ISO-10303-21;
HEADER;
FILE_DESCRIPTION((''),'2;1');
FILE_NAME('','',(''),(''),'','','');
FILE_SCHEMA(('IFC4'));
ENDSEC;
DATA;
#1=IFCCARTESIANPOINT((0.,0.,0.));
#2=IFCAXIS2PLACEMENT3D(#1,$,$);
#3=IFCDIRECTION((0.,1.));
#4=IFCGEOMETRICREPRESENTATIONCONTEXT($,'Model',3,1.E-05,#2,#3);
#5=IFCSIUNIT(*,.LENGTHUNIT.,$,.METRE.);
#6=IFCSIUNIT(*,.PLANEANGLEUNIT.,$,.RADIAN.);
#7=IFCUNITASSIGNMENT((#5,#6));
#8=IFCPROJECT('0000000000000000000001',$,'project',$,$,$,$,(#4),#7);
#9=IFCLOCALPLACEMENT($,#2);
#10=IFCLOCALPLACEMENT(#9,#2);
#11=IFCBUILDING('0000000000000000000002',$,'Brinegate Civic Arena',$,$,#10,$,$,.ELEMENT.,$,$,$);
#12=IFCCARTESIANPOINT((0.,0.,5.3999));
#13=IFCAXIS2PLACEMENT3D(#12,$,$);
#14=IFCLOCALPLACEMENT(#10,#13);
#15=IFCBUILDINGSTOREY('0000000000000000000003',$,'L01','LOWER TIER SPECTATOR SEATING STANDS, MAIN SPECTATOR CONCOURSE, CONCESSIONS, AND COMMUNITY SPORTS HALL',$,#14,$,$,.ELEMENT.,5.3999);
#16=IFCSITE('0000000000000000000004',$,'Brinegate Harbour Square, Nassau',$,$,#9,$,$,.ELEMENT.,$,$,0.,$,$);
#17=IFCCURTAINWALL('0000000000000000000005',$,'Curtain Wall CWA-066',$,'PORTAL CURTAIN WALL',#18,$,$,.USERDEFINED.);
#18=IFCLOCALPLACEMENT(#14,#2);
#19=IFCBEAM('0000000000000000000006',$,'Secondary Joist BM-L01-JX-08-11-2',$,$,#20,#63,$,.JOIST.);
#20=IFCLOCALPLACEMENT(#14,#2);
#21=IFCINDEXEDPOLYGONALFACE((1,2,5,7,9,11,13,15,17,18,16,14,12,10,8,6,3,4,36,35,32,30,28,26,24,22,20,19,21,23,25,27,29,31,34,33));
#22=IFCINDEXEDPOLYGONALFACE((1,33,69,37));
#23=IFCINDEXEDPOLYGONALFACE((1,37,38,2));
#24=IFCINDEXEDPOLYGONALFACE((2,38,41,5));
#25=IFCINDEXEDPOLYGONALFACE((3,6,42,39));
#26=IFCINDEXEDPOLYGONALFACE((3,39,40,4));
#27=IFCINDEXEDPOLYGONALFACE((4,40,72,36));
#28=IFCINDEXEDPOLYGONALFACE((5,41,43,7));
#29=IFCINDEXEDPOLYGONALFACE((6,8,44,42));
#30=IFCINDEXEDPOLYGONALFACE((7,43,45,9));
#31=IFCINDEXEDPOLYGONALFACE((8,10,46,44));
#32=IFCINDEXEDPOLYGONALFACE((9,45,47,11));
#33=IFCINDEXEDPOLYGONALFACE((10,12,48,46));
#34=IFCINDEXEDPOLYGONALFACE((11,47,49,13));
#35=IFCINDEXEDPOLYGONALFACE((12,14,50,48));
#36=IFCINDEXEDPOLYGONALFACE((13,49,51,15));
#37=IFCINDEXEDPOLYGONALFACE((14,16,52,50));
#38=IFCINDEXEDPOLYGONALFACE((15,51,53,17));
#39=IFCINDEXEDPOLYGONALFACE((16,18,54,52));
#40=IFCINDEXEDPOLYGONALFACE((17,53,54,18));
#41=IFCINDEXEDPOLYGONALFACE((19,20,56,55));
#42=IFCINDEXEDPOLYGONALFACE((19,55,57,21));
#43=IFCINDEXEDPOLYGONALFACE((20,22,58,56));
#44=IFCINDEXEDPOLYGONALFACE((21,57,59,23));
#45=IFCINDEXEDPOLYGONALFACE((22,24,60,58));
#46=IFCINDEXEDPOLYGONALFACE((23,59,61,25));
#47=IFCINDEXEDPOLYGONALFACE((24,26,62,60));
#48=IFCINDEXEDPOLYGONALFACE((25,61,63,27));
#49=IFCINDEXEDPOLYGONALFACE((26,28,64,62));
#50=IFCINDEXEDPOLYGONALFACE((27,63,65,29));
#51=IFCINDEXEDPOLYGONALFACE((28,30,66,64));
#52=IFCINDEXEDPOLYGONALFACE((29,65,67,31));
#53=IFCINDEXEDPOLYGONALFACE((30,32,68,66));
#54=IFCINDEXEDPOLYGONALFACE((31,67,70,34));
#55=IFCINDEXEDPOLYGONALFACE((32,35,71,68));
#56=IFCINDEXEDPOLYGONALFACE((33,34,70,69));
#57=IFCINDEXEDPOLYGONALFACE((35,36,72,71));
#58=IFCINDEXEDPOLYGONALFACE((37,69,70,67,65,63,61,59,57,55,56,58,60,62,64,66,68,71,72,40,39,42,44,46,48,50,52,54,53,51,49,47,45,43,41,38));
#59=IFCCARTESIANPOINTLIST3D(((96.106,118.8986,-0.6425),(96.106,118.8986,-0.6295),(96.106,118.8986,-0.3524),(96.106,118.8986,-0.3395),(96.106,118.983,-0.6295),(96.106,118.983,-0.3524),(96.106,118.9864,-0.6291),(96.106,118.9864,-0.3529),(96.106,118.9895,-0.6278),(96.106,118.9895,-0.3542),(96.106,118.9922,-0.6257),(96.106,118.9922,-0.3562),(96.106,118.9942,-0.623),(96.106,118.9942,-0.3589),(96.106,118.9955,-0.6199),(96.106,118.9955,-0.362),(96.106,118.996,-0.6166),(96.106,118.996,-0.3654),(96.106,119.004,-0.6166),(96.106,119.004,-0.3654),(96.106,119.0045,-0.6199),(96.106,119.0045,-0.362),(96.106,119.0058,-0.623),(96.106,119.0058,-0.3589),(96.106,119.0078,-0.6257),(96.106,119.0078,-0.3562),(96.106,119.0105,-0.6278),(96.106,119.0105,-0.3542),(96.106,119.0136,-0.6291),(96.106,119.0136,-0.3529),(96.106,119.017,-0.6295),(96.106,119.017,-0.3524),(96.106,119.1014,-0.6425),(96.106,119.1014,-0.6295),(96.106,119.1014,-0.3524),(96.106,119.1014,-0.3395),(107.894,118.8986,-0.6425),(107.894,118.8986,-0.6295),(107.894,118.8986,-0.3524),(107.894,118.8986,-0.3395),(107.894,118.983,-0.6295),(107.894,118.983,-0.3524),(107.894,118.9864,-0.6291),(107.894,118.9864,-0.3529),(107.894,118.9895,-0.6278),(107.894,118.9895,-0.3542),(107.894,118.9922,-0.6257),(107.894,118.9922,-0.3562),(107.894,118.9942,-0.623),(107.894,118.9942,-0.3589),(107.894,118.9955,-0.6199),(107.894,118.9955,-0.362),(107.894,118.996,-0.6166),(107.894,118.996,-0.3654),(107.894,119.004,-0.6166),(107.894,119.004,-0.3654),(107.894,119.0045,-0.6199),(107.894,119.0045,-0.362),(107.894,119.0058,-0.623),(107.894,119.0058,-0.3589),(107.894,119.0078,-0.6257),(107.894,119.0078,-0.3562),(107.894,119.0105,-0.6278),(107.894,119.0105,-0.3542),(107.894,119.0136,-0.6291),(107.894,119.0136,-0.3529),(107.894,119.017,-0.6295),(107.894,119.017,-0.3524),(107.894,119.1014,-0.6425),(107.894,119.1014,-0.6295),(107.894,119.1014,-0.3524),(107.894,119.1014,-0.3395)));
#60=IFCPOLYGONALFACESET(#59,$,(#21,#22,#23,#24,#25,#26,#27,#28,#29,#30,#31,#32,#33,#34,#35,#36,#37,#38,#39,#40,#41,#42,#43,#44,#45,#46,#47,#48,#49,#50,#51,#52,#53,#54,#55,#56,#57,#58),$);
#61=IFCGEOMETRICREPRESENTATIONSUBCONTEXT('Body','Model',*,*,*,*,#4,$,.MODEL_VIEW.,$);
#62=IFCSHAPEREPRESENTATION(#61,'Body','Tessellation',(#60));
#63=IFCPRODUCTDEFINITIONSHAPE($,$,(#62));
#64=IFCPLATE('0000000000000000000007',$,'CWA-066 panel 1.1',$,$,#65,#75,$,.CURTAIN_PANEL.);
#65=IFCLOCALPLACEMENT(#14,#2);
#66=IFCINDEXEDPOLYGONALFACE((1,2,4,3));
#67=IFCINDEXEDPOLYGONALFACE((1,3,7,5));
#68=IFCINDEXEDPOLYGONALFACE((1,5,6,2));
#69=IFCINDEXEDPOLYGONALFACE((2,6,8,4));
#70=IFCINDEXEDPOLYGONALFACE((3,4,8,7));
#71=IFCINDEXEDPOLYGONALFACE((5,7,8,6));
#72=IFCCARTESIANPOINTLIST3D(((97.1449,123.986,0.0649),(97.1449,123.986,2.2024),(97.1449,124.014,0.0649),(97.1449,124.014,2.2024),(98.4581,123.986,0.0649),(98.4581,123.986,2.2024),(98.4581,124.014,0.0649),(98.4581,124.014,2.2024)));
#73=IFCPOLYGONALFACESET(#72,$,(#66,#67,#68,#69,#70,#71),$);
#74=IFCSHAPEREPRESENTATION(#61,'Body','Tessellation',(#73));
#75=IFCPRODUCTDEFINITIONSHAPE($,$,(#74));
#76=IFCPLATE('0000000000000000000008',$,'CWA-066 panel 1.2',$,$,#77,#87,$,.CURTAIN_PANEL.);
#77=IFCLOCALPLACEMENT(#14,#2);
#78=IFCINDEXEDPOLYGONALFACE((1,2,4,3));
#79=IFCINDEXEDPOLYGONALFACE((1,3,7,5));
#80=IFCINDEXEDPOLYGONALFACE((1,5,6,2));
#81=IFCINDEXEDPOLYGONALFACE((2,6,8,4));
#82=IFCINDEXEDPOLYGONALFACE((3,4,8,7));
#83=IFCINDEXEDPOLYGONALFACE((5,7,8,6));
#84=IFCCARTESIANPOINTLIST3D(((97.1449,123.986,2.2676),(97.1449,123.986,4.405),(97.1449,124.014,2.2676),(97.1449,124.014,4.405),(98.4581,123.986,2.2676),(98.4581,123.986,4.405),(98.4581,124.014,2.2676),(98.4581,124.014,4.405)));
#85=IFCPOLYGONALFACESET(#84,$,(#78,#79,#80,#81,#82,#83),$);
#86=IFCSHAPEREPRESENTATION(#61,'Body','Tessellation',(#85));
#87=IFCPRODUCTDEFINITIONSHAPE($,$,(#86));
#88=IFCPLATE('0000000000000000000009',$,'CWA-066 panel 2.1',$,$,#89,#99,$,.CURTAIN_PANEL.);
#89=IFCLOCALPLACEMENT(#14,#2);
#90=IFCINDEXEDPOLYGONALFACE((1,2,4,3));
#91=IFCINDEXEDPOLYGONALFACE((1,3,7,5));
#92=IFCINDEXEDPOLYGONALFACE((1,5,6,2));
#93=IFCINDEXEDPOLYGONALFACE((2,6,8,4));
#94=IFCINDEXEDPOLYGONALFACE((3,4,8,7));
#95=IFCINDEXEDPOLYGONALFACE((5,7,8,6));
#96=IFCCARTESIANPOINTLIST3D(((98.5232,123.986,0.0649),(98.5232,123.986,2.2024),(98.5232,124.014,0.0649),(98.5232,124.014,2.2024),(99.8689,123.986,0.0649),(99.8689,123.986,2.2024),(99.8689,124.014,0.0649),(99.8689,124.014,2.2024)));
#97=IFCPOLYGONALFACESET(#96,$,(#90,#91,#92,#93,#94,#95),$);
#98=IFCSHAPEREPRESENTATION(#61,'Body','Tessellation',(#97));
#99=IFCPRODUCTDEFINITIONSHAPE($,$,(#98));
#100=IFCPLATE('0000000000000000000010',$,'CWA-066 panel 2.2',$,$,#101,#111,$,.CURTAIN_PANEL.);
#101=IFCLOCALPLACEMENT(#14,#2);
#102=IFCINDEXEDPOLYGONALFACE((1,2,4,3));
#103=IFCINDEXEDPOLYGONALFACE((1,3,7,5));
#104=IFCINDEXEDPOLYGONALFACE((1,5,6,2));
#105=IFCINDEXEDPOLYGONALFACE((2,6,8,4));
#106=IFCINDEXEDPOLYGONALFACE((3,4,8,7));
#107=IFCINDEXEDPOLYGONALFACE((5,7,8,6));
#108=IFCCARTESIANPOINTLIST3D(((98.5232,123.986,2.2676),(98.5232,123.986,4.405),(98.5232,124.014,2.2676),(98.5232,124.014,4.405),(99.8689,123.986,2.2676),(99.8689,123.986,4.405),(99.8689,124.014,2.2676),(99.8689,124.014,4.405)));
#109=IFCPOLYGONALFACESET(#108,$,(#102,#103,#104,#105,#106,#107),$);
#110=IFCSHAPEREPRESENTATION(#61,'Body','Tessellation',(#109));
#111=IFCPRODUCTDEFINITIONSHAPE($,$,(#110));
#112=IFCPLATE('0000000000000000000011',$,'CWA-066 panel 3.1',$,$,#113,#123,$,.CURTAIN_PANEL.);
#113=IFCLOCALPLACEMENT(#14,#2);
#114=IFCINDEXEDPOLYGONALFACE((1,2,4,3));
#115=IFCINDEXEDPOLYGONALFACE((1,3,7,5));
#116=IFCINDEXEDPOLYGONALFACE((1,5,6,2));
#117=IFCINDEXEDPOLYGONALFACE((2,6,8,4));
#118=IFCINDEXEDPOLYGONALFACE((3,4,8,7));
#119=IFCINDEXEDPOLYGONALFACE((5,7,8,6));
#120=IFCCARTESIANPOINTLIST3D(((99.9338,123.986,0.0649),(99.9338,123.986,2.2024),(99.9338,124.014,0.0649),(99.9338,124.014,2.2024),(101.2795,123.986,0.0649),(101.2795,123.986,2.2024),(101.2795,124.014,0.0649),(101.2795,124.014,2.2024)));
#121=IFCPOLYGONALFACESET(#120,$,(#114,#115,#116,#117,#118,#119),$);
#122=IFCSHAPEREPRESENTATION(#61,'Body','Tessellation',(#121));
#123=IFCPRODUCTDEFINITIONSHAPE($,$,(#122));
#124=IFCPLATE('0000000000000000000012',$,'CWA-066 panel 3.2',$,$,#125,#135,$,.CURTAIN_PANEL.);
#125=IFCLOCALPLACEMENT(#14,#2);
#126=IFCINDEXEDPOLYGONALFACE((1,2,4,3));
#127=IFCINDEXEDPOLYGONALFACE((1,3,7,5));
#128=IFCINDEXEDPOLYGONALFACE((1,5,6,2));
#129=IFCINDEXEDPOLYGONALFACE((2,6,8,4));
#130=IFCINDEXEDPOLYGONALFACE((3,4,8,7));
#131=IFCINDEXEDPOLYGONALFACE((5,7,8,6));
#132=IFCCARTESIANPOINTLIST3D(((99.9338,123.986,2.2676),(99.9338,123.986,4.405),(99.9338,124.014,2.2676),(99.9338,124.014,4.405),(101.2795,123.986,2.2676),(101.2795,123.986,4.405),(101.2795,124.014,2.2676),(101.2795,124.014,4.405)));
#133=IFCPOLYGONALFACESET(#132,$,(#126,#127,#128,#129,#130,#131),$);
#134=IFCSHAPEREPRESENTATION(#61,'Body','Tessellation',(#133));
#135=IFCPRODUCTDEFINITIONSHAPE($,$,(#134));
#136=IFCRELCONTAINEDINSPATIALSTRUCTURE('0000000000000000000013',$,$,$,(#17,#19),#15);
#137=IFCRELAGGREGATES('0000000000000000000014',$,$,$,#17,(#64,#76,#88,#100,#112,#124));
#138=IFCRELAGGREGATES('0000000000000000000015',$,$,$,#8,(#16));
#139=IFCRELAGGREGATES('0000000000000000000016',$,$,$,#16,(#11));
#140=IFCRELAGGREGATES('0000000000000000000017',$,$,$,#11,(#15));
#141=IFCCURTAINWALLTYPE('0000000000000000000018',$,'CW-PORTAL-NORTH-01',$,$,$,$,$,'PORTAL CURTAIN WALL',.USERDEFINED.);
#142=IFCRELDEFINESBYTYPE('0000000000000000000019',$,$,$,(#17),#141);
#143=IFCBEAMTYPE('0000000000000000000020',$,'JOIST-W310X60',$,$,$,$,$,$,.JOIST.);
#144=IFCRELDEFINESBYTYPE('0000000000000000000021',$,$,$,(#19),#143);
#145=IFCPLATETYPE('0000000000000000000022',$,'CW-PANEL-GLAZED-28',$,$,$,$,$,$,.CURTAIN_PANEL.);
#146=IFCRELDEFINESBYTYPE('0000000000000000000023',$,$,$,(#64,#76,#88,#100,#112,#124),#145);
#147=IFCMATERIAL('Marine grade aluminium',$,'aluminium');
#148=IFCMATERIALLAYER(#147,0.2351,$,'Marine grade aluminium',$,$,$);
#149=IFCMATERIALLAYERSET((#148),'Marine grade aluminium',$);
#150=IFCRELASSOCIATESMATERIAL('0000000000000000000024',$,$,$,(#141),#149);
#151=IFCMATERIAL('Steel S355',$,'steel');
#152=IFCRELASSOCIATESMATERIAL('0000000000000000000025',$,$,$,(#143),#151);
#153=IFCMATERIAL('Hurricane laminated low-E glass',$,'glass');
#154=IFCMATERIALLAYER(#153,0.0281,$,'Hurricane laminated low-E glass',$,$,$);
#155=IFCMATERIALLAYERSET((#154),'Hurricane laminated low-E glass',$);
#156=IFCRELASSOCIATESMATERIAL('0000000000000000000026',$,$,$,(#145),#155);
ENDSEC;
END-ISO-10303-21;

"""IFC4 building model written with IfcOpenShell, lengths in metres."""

from ifc_helpers import new_model, si_unit, direction, frame, origin, origin_2d, place, context, subcontext, project, spatial, rectangle, i_section, extrude, material, layer, layer_set, material_profile, profile_set, type_object, element, aggregate, save


model = new_model("IFC4")

# Units and contexts
model_context = context("Model", 3, precision=1e-05, world=origin(), true_north=direction((0.0, 1.0)))
body_context = subcontext(model_context, "Body", "Model", "MODEL_VIEW")
ifc_project = project(units=[si_unit("LENGTHUNIT", "METRE"), si_unit("PLANEANGLEUNIT", "RADIAN")], contexts=[model_context])

# Site, building, storey
site_placement = place(None, origin())
site = spatial("IfcSite", under=ifc_project, at=site_placement, Name="Brinegate Harbour Square, Nassau", CompositionType="ELEMENT", RefElevation=0.0)
building_placement = place(site_placement, origin())
building = spatial("IfcBuilding", under=site, at=building_placement, Name="Brinegate Civic Arena", CompositionType="ELEMENT")
storey_placement = place(building_placement, frame((0.0, 0.0, 5.3999)))
storey = spatial("IfcBuildingStorey", under=building, at=storey_placement, Name="L01", Description="LOWER TIER SPECTATOR SEATING STANDS, MAIN SPECTATOR CONCOURSE, CONCESSIONS, AND COMMUNITY SPORTS HALL", CompositionType="ELEMENT", Elevation=5.3999)

# Curtain wall
ifc_material_1 = material(Name="Marine grade aluminium", Category="aluminium")
ifc_layer_1 = layer(ifc_material_1, 0.2351, Name="Marine grade aluminium")
ifc_layer_set_1 = layer_set([ifc_layer_1], Name="Marine grade aluminium")
curtain_wall_type = type_object("IfcCurtainWallType", Name="CW-PORTAL-NORTH-01", ElementType="PORTAL CURTAIN WALL", PredefinedType="USERDEFINED", material=ifc_layer_set_1)
curtain_wall_placement = place(storey_placement, origin())
curtain_wall = element("IfcCurtainWall", 1, at=curtain_wall_placement, inside=storey, type_object=curtain_wall_type, Name="Curtain Wall CWA-066", ObjectType="PORTAL CURTAIN WALL", PredefinedType="USERDEFINED")

# Beam
ifc_material_2 = material(Name="Steel S355", Category="steel")
ifc_material_profile_1 = material_profile(ifc_material_2, i_section(OverallWidth=0.2029, OverallDepth=0.303, WebThickness=0.0081, FlangeThickness=0.0129, FilletRadius=0.0129, at=origin_2d()), Name="W310X60")
ifc_profile_set_1 = profile_set([ifc_material_profile_1], Name="Steel S355")
beam_type_1 = type_object("IfcBeamType", Name="JOIST-W310X60", PredefinedType="JOIST", material=ifc_profile_set_1)
beam_1_placement = place(storey_placement, frame((96.106, 119.0, -0.491), z_axis=(1.0, 0.0, 0.0), x_axis=(0.0, 1.0, 0.0)))
element("IfcBeam", 2, at=beam_1_placement, inside=storey, type_object=beam_type_1, Name="Secondary Joist BM-L01-JX-08-11-2", PredefinedType="JOIST", context=body_context, shape_type="SweptSolid", body=[
    extrude(i_section(OverallWidth=0.2029, OverallDepth=0.303, WebThickness=0.0081, FlangeThickness=0.0129, FilletRadius=0.0129, at=origin_2d()), origin(), (0.0, 0.0, 1.0), 11.7881),
])

# Plates
ifc_material_3 = material(Name="Hurricane laminated low-E glass", Category="glass")
ifc_layer_2 = layer(ifc_material_3, 0.0281, Name="Hurricane laminated low-E glass")
ifc_layer_set_2 = layer_set([ifc_layer_2], Name="Hurricane laminated low-E glass")
plate_type = type_object("IfcPlateType", Name="CW-PANEL-GLAZED-28", PredefinedType="CURTAIN_PANEL", material=ifc_layer_set_2)
plate_1_placement = place(storey_placement, frame((97.8015, 124.0, 0.0649), z_axis=(0.0, 0.0, 1.0), x_axis=(1.0, 0.0, 0.0)))
plate_1 = element("IfcPlate", 3, at=plate_1_placement, type_object=plate_type, Name="CWA-066 panel 1.1", PredefinedType="CURTAIN_PANEL", context=body_context, shape_type="SweptSolid", body=[
    extrude(rectangle(XDim=1.3132, YDim=0.0281, at=origin_2d()), origin(), (0.0, 0.0, 1.0), 2.1375),
])
plate_2_placement = place(storey_placement, frame((97.8015, 124.0, 2.2676), z_axis=(0.0, 0.0, 1.0), x_axis=(1.0, 0.0, 0.0)))
plate_2 = element("IfcPlate", 4, at=plate_2_placement, type_object=plate_type, Name="CWA-066 panel 1.2", PredefinedType="CURTAIN_PANEL", context=body_context, shape_type="SweptSolid", body=[
    extrude(rectangle(XDim=1.3132, YDim=0.0281, at=origin_2d()), origin(), (0.0, 0.0, 1.0), 2.1375),
])
plate_3_placement = place(storey_placement, frame((99.196, 124.0, 0.0649), z_axis=(0.0, 0.0, 1.0), x_axis=(1.0, 0.0, 0.0)))
plate_3 = element("IfcPlate", 5, at=plate_3_placement, type_object=plate_type, Name="CWA-066 panel 2.1", PredefinedType="CURTAIN_PANEL", context=body_context, shape_type="SweptSolid", body=[
    extrude(rectangle(XDim=1.3457, YDim=0.0281, at=origin_2d()), origin(), (0.0, 0.0, 1.0), 2.1375),
])
plate_4_placement = place(storey_placement, frame((99.196, 124.0, 2.2676), z_axis=(0.0, 0.0, 1.0), x_axis=(1.0, 0.0, 0.0)))
plate_4 = element("IfcPlate", 6, at=plate_4_placement, type_object=plate_type, Name="CWA-066 panel 2.2", PredefinedType="CURTAIN_PANEL", context=body_context, shape_type="SweptSolid", body=[
    extrude(rectangle(XDim=1.3457, YDim=0.0281, at=origin_2d()), origin(), (0.0, 0.0, 1.0), 2.1375),
])
plate_5_placement = place(storey_placement, frame((100.6067, 124.0, 0.0649), z_axis=(0.0, 0.0, 1.0), x_axis=(1.0, 0.0, 0.0)))
plate_5 = element("IfcPlate", 7, at=plate_5_placement, type_object=plate_type, Name="CWA-066 panel 3.1", PredefinedType="CURTAIN_PANEL", context=body_context, shape_type="SweptSolid", body=[
    extrude(rectangle(XDim=1.3457, YDim=0.0281, at=origin_2d()), origin(), (0.0, 0.0, 1.0), 2.1375),
])
plate_6_placement = place(storey_placement, frame((100.6067, 124.0, 2.2676), z_axis=(0.0, 0.0, 1.0), x_axis=(1.0, 0.0, 0.0)))
plate_6 = element("IfcPlate", 8, at=plate_6_placement, type_object=plate_type, Name="CWA-066 panel 3.2", PredefinedType="CURTAIN_PANEL", context=body_context, shape_type="SweptSolid", body=[
    extrude(rectangle(XDim=1.3457, YDim=0.0281, at=origin_2d()), origin(), (0.0, 0.0, 1.0), 2.1375),
])
aggregate(curtain_wall, [plate_1, plate_2, plate_3, plate_4, plate_5, plate_6])

save(model, "model.ifc")
